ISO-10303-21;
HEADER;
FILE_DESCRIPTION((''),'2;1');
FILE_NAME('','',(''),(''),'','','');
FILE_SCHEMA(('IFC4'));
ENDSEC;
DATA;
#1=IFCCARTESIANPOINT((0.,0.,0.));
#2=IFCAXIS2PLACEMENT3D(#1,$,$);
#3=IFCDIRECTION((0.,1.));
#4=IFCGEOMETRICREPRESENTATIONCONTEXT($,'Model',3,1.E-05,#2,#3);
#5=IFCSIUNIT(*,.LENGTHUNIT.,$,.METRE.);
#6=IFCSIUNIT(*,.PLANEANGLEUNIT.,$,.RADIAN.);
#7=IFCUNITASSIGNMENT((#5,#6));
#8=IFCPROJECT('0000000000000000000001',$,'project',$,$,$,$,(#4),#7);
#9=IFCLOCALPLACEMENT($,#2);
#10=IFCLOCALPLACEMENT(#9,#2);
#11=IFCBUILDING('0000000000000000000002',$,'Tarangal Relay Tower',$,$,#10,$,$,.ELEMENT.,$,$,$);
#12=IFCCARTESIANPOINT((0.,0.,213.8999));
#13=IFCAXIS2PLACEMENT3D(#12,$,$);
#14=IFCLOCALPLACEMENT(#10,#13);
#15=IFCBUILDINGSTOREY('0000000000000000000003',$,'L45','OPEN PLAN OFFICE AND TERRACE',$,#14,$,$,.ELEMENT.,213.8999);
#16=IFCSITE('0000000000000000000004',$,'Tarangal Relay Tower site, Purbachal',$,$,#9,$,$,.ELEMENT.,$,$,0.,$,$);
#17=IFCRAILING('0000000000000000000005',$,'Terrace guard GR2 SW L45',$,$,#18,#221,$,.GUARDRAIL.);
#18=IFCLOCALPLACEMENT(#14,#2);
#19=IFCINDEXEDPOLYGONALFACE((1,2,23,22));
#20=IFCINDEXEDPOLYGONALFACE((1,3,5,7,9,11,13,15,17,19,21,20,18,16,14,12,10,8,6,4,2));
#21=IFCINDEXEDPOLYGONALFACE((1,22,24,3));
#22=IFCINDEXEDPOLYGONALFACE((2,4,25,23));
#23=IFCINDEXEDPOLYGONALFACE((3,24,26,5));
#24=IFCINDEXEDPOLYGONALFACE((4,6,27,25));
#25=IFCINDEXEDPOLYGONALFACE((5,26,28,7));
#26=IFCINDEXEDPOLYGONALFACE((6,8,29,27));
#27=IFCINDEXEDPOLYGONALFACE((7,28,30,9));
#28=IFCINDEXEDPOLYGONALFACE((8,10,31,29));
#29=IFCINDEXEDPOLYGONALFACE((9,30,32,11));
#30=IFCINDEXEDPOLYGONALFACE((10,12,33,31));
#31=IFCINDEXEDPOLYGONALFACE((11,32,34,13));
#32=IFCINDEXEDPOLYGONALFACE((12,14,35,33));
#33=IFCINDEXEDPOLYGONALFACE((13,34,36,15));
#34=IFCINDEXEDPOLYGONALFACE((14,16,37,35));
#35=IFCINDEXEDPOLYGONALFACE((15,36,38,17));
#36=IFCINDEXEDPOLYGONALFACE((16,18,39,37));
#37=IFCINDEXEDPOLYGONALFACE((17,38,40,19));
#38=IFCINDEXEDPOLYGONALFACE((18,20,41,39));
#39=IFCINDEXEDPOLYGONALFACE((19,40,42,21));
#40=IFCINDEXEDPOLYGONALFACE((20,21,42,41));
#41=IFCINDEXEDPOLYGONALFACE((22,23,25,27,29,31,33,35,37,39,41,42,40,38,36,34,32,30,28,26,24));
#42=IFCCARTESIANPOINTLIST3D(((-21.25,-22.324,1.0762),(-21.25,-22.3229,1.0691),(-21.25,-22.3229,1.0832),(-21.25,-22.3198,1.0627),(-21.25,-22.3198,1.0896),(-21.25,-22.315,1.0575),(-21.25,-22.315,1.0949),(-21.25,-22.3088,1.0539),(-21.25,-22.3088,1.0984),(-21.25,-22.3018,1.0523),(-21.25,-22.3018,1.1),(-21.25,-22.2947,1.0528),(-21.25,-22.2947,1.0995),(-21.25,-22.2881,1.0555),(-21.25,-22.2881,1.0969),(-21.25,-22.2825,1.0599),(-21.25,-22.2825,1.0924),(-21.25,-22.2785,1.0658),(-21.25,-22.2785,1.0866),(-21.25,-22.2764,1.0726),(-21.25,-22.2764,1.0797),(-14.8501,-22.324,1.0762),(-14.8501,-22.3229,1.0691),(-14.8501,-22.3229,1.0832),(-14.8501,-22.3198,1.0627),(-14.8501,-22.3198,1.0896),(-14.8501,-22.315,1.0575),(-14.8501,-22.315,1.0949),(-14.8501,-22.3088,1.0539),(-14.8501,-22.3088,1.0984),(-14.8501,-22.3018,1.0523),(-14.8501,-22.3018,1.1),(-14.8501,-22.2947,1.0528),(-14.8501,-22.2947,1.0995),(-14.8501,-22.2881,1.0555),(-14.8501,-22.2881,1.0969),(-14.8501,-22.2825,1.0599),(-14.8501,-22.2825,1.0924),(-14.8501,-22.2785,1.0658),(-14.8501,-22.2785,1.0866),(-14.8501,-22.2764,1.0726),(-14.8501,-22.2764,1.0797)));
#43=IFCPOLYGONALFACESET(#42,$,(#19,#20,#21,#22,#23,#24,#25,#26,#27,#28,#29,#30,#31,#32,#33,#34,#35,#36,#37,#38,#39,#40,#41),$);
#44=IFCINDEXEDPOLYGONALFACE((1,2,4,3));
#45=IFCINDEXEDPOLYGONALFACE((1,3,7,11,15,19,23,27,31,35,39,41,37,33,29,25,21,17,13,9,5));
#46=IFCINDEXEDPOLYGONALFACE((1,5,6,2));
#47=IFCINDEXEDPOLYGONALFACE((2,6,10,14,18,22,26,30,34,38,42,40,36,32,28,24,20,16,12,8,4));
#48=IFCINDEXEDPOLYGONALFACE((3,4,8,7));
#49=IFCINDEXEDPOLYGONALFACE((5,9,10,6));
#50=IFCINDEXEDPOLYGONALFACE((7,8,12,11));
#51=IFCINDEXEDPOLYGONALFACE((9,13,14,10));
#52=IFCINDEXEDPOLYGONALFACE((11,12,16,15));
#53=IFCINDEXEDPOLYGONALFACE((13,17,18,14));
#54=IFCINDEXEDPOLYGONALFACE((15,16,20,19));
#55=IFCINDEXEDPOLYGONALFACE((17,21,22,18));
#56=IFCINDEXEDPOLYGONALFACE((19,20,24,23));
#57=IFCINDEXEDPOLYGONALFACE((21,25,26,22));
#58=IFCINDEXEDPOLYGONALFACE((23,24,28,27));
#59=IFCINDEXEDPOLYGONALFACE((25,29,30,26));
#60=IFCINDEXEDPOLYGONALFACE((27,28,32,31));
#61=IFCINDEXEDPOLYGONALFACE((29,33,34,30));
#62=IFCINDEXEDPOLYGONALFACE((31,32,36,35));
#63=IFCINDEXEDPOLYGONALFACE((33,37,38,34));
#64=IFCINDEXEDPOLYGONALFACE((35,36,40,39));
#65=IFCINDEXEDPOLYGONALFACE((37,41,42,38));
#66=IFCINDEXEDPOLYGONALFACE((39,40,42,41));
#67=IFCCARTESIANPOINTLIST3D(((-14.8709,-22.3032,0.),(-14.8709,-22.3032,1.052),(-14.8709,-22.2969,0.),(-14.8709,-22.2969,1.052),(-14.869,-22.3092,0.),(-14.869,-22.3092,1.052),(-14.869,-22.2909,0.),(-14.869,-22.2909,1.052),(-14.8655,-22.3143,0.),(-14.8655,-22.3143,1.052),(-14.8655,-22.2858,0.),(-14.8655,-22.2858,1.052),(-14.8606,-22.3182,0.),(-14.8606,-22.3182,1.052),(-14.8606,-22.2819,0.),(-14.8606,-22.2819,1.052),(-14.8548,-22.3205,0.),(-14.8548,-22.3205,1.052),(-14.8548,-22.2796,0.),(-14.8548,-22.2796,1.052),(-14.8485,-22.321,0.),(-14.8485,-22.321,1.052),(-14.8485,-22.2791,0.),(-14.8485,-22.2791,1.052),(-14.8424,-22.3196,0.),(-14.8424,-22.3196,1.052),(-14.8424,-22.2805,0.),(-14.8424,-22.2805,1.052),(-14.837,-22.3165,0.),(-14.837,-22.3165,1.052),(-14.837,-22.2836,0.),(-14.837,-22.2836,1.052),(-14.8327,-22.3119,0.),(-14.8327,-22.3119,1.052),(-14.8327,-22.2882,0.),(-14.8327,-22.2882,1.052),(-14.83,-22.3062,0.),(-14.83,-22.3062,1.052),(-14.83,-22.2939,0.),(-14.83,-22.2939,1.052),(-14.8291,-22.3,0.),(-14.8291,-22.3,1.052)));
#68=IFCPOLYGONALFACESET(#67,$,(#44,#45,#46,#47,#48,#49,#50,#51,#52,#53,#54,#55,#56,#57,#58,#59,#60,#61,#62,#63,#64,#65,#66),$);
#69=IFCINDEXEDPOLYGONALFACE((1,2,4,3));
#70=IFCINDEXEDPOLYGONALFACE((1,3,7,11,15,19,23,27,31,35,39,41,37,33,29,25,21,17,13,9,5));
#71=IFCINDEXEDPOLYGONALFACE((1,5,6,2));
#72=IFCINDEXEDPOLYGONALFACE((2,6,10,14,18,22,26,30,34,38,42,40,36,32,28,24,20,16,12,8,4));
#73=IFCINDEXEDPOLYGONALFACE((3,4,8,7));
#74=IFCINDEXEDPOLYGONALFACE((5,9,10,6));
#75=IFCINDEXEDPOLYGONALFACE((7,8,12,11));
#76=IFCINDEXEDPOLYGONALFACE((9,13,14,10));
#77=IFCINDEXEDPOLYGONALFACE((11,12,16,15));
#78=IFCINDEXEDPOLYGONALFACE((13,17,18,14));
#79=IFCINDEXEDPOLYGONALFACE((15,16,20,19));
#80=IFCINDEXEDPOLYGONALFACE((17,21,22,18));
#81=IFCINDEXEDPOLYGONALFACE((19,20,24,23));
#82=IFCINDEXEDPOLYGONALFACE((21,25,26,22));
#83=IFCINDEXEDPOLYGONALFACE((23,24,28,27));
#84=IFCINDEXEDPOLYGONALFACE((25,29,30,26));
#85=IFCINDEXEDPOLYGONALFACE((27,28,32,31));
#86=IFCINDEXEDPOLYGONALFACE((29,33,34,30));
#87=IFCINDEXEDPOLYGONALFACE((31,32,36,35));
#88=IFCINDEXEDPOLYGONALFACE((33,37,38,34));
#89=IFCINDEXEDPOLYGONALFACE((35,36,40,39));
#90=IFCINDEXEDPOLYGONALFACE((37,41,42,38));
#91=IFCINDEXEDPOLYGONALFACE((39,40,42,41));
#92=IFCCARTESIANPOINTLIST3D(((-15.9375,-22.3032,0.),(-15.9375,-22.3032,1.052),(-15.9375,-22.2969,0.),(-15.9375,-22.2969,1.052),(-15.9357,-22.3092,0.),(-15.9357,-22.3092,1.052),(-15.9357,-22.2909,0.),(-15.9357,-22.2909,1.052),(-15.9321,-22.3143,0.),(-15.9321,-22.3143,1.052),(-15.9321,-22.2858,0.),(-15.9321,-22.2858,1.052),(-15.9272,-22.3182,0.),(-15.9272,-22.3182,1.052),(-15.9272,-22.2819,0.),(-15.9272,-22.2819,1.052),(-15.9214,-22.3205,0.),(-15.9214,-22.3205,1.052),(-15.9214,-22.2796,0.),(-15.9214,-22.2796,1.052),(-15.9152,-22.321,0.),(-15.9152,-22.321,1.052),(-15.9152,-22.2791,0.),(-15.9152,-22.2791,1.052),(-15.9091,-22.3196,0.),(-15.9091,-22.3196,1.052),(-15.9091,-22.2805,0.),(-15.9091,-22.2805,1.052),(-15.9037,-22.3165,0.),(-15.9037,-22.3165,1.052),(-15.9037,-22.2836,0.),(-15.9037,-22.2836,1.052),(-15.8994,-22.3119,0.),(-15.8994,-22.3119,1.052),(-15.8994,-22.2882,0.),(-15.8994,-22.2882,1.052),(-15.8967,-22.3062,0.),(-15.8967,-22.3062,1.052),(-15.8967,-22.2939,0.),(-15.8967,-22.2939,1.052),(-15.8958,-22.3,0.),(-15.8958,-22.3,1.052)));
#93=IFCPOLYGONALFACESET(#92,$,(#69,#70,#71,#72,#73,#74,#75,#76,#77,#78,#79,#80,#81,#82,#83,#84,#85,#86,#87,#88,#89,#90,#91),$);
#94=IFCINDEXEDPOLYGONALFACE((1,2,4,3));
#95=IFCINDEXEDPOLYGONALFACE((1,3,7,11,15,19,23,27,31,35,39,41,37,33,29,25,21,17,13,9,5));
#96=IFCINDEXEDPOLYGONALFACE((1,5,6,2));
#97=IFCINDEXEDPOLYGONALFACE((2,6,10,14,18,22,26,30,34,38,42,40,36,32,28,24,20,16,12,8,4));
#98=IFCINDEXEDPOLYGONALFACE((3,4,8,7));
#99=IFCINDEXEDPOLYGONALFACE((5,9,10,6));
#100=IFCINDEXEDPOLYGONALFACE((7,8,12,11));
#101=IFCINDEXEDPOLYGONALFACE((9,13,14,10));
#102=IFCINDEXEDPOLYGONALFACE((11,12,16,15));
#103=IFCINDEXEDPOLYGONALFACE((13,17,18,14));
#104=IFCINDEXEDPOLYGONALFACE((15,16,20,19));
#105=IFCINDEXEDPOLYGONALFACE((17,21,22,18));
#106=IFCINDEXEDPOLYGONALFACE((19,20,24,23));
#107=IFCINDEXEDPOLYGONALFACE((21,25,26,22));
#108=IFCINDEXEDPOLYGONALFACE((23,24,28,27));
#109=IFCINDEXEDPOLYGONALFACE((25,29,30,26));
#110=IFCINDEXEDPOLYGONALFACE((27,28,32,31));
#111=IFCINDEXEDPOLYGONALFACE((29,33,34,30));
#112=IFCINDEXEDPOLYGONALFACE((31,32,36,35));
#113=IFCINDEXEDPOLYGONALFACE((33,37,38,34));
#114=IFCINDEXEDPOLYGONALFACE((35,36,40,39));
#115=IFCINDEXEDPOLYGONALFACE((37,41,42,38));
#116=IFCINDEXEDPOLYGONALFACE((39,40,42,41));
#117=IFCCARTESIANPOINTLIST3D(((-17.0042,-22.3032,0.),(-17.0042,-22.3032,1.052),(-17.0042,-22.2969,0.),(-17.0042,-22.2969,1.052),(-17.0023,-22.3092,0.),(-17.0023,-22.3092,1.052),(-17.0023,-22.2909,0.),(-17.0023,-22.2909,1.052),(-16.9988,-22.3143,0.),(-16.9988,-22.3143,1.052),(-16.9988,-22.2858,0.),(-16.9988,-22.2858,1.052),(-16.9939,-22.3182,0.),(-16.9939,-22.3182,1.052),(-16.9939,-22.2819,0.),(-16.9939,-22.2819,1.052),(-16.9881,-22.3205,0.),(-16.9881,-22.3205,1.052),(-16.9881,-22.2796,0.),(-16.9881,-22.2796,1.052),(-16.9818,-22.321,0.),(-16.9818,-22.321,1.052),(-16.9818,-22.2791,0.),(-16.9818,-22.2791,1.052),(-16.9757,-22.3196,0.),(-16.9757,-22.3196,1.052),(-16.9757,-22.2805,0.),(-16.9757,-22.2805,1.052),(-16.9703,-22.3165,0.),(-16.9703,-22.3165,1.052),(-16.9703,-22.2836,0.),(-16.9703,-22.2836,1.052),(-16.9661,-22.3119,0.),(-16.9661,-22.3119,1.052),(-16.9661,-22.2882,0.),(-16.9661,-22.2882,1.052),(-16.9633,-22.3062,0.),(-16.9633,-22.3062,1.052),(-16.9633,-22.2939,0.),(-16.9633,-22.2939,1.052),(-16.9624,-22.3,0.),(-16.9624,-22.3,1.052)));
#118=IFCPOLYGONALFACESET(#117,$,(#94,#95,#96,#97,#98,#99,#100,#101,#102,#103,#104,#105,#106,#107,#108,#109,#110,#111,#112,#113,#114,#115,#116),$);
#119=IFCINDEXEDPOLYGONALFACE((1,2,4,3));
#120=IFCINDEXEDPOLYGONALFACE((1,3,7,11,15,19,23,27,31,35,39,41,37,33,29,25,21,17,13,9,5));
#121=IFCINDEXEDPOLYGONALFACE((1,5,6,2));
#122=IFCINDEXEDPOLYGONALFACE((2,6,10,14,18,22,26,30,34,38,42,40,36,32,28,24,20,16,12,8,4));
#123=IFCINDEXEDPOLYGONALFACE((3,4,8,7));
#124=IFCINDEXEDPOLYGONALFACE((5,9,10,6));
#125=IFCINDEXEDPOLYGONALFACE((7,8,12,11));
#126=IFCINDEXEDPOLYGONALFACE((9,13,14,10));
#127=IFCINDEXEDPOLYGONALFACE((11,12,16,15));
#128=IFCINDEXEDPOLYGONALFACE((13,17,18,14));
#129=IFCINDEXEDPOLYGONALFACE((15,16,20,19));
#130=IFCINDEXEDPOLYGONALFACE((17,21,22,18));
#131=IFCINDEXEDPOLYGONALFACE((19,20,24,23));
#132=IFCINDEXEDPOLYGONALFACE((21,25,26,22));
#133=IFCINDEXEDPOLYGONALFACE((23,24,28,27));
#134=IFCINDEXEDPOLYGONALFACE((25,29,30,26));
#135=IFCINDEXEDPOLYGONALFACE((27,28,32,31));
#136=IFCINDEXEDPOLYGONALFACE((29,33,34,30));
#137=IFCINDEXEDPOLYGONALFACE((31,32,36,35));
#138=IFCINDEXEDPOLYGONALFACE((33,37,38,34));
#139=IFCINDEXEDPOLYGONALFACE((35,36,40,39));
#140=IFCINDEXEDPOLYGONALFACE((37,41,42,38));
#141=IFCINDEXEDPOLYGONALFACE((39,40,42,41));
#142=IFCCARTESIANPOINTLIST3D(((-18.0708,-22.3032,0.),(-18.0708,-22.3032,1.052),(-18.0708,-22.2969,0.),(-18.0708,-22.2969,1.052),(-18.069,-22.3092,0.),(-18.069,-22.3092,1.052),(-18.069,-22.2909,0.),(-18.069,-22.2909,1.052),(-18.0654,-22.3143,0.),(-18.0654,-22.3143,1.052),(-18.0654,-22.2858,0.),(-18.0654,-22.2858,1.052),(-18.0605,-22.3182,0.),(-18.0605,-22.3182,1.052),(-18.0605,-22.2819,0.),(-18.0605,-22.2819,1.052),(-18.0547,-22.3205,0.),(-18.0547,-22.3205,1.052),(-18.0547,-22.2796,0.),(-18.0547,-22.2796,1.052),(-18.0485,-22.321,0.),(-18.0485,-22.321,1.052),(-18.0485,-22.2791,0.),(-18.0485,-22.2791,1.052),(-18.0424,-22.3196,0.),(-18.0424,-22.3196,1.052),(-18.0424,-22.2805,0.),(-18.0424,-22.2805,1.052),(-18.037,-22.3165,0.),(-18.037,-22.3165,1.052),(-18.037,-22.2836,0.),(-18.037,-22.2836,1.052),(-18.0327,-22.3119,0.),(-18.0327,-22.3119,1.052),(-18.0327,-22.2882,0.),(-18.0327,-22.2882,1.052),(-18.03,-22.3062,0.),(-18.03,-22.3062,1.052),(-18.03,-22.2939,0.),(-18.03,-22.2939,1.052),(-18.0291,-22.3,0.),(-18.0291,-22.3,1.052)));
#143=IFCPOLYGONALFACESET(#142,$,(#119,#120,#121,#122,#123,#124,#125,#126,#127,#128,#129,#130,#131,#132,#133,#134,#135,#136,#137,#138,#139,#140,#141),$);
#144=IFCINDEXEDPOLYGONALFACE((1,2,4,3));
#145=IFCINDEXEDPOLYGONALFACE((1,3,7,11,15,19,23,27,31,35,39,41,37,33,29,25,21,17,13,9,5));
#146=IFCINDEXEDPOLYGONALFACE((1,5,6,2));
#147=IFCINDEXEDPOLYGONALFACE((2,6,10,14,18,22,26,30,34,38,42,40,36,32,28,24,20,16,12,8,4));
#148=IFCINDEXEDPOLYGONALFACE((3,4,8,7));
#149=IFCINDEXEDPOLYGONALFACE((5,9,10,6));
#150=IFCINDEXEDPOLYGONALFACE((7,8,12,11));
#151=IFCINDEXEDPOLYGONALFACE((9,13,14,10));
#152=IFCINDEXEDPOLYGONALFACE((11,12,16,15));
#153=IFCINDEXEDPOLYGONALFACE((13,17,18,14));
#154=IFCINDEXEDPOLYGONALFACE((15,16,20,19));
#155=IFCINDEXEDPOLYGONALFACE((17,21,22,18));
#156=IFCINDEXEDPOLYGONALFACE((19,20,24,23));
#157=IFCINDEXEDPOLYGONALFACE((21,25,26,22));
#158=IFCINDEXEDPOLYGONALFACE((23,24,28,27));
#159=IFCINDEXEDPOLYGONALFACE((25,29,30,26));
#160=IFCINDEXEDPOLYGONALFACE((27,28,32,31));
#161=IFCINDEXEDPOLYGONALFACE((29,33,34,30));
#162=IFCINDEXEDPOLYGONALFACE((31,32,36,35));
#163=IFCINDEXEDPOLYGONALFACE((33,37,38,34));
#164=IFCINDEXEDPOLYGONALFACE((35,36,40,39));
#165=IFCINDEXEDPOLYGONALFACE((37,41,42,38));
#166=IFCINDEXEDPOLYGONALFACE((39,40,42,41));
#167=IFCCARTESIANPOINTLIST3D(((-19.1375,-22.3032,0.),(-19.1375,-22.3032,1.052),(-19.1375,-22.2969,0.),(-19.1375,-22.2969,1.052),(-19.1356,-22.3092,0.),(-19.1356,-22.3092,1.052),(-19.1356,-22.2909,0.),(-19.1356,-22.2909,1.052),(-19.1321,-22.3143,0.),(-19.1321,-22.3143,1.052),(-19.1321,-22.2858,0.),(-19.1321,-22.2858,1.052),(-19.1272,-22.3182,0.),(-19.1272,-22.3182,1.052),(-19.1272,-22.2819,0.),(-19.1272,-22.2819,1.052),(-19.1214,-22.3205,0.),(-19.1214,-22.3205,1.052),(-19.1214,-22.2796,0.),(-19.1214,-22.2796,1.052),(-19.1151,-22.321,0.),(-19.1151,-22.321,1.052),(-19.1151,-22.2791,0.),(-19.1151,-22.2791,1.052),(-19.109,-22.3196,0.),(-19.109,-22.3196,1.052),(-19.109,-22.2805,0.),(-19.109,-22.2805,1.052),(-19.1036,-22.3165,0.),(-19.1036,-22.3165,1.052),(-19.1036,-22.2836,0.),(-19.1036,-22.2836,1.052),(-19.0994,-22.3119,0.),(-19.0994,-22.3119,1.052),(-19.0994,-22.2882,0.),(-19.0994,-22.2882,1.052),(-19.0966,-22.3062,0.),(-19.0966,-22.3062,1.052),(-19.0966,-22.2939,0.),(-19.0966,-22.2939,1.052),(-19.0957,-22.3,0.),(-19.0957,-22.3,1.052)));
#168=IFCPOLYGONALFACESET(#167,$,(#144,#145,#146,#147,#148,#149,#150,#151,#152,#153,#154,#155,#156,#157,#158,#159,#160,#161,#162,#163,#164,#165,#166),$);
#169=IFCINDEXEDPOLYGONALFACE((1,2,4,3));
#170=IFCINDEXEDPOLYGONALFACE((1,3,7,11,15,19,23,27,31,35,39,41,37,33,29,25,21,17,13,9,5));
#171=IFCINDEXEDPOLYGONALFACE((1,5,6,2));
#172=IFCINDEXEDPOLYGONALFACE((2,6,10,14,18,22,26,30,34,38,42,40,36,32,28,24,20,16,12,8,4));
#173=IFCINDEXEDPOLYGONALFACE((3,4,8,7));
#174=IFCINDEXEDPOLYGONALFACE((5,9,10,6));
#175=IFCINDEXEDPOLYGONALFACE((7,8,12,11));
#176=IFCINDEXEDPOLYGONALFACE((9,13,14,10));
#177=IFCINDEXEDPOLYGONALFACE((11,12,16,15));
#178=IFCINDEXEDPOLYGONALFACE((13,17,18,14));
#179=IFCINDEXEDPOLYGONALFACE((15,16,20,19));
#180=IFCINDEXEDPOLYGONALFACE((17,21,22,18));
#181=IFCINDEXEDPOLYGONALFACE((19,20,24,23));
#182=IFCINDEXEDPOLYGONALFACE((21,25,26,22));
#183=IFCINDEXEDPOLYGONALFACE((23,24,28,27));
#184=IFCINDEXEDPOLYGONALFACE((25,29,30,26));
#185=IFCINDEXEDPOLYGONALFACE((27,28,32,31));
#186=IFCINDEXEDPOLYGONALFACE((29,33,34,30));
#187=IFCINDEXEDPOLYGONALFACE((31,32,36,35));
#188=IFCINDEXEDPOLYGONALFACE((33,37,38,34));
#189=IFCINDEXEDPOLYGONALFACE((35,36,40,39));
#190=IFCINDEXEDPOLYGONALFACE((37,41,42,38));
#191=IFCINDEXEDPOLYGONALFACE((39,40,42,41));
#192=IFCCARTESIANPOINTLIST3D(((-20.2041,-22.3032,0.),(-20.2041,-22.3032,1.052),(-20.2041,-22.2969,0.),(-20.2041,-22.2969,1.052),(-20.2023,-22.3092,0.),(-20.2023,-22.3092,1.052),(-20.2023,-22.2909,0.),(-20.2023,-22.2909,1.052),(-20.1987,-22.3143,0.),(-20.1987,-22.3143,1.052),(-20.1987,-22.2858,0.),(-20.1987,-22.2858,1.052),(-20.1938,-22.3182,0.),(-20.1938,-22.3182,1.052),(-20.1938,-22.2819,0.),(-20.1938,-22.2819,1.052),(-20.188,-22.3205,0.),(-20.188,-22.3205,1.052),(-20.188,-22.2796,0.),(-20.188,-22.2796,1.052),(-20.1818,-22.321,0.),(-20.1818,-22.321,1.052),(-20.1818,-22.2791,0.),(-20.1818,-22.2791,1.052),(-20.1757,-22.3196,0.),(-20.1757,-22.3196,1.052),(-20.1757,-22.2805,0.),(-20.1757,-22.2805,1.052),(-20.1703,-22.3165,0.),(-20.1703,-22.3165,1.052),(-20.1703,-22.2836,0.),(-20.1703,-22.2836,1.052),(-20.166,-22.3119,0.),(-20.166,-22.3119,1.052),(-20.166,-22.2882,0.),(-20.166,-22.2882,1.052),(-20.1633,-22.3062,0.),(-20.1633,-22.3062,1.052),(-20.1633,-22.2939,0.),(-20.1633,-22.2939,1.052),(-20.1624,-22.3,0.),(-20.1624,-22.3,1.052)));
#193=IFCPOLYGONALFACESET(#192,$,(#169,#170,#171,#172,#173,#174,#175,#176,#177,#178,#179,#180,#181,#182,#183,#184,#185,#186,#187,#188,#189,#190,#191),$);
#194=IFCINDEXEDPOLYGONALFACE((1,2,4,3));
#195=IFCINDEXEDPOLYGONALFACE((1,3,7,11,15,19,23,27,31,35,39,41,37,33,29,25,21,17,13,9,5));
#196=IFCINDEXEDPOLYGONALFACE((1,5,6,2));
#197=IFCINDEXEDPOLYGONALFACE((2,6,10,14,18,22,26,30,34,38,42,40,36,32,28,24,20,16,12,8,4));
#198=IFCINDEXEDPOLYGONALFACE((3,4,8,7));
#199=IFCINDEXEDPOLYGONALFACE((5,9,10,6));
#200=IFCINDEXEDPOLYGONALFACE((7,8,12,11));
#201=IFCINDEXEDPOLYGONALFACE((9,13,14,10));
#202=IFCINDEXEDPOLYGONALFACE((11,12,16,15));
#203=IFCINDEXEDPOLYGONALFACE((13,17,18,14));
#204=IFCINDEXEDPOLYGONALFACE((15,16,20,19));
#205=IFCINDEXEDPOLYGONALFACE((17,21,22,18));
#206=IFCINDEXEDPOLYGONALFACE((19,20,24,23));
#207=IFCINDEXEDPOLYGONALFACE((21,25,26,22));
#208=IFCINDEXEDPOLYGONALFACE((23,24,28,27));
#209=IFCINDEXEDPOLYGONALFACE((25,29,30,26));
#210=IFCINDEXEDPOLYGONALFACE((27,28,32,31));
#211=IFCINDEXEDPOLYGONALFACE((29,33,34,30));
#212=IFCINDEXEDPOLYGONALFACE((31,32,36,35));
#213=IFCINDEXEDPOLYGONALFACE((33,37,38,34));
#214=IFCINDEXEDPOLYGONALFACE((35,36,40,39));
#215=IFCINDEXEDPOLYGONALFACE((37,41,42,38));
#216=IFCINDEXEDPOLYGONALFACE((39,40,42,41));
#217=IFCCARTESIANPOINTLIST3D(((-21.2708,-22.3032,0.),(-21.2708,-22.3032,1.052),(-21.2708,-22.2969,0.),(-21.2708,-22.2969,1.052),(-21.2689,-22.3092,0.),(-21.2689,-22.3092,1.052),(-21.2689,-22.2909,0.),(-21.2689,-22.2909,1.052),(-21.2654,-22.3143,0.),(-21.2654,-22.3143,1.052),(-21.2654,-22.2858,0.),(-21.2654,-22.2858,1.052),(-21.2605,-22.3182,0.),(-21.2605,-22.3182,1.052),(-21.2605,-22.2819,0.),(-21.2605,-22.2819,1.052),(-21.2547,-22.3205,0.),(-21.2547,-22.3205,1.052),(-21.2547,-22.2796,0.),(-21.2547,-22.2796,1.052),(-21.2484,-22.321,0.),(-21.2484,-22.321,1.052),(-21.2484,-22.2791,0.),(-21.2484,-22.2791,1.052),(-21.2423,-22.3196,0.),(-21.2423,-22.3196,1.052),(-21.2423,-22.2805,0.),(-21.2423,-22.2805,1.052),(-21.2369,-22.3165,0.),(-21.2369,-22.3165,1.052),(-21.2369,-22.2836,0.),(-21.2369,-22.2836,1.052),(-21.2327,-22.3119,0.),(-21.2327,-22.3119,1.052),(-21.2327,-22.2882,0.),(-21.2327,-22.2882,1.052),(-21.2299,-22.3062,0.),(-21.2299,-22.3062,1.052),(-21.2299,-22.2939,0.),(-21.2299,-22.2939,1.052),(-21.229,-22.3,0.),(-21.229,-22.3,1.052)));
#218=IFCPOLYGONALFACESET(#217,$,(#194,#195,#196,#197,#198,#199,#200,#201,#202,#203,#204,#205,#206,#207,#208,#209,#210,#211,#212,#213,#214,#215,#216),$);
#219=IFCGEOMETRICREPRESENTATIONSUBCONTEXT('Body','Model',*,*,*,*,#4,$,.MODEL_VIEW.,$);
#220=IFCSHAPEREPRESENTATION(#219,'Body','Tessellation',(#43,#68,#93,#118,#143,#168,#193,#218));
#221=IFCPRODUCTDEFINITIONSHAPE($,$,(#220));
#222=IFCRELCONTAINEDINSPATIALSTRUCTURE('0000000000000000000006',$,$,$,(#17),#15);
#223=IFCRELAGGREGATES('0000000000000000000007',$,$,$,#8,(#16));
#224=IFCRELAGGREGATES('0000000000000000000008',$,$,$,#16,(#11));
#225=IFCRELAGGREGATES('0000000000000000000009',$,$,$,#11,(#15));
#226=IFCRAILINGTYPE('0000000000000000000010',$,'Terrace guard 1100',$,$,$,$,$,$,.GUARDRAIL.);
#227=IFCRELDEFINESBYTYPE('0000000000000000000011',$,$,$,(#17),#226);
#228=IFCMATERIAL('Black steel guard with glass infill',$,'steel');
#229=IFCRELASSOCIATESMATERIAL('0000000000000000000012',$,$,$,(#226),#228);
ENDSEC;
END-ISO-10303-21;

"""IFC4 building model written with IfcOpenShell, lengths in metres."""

from ifc_helpers import new_model, si_unit, direction, frame, origin, origin_2d, place, context, subcontext, project, spatial, circle, extrude, material, type_object, element, save


model = new_model("IFC4")

# Units and contexts
model_context = context("Model", 3, precision=1e-05, world=origin(), true_north=direction((0.0, 1.0)))
body_context = subcontext(model_context, "Body", "Model", "MODEL_VIEW")
ifc_project = project(units=[si_unit("LENGTHUNIT", "METRE"), si_unit("PLANEANGLEUNIT", "RADIAN")], contexts=[model_context])

# Site, building, storey
site_placement = place(None, origin())
site = spatial("IfcSite", under=ifc_project, at=site_placement, Name="Tarangal Relay Tower site, Purbachal", CompositionType="ELEMENT", RefElevation=0.0)
building_placement = place(site_placement, origin())
building = spatial("IfcBuilding", under=site, at=building_placement, Name="Tarangal Relay Tower", CompositionType="ELEMENT")
storey_placement = place(building_placement, frame((0.0, 0.0, 213.8999)))
storey = spatial("IfcBuildingStorey", under=building, at=storey_placement, Name="L45", Description="OPEN PLAN OFFICE AND TERRACE", CompositionType="ELEMENT", Elevation=213.8999)

# Railing
ifc_material_1 = material(Name="Black steel guard with glass infill", Category="steel")
railing_type = type_object("IfcRailingType", Name="Terrace guard 1100", PredefinedType="GUARDRAIL", material=ifc_material_1)
railing_1_placement = place(storey_placement, frame((-14.8501, -22.3, 0.0)))
element("IfcRailing", 1, at=railing_1_placement, inside=storey, type_object=railing_type, Name="Terrace guard GR2 SW L45", PredefinedType="GUARDRAIL", context=body_context, shape_type="SweptSolid", body=[
    extrude(circle(Radius=0.0239, at=origin_2d()), frame((0.0, 0.0, 1.0762), z_axis=(-1.0, 0.0, 0.0), x_axis=(0.0, -1.0, 0.0)), (0.0, 0.0, 1.0), 6.3999),
    extrude(circle(Radius=0.021, at=origin_2d()), origin(), (0.0, 0.0, 1.0), 1.052),
    extrude(circle(Radius=0.021, at=origin_2d()), frame((-1.0667, 0.0, 0.0)), (0.0, 0.0, 1.0), 1.052),
    extrude(circle(Radius=0.021, at=origin_2d()), frame((-2.1333, 0.0, 0.0)), (0.0, 0.0, 1.0), 1.052),
    extrude(circle(Radius=0.021, at=origin_2d()), frame((-3.2, 0.0, 0.0)), (0.0, 0.0, 1.0), 1.052),
    extrude(circle(Radius=0.021, at=origin_2d()), frame((-4.2666, 0.0, 0.0)), (0.0, 0.0, 1.0), 1.052),
    extrude(circle(Radius=0.021, at=origin_2d()), frame((-5.3333, 0.0, 0.0)), (0.0, 0.0, 1.0), 1.052),
    extrude(circle(Radius=0.021, at=origin_2d()), frame((-6.3999, 0.0, 0.0)), (0.0, 0.0, 1.0), 1.052),
])

save(model, "model.ifc")
